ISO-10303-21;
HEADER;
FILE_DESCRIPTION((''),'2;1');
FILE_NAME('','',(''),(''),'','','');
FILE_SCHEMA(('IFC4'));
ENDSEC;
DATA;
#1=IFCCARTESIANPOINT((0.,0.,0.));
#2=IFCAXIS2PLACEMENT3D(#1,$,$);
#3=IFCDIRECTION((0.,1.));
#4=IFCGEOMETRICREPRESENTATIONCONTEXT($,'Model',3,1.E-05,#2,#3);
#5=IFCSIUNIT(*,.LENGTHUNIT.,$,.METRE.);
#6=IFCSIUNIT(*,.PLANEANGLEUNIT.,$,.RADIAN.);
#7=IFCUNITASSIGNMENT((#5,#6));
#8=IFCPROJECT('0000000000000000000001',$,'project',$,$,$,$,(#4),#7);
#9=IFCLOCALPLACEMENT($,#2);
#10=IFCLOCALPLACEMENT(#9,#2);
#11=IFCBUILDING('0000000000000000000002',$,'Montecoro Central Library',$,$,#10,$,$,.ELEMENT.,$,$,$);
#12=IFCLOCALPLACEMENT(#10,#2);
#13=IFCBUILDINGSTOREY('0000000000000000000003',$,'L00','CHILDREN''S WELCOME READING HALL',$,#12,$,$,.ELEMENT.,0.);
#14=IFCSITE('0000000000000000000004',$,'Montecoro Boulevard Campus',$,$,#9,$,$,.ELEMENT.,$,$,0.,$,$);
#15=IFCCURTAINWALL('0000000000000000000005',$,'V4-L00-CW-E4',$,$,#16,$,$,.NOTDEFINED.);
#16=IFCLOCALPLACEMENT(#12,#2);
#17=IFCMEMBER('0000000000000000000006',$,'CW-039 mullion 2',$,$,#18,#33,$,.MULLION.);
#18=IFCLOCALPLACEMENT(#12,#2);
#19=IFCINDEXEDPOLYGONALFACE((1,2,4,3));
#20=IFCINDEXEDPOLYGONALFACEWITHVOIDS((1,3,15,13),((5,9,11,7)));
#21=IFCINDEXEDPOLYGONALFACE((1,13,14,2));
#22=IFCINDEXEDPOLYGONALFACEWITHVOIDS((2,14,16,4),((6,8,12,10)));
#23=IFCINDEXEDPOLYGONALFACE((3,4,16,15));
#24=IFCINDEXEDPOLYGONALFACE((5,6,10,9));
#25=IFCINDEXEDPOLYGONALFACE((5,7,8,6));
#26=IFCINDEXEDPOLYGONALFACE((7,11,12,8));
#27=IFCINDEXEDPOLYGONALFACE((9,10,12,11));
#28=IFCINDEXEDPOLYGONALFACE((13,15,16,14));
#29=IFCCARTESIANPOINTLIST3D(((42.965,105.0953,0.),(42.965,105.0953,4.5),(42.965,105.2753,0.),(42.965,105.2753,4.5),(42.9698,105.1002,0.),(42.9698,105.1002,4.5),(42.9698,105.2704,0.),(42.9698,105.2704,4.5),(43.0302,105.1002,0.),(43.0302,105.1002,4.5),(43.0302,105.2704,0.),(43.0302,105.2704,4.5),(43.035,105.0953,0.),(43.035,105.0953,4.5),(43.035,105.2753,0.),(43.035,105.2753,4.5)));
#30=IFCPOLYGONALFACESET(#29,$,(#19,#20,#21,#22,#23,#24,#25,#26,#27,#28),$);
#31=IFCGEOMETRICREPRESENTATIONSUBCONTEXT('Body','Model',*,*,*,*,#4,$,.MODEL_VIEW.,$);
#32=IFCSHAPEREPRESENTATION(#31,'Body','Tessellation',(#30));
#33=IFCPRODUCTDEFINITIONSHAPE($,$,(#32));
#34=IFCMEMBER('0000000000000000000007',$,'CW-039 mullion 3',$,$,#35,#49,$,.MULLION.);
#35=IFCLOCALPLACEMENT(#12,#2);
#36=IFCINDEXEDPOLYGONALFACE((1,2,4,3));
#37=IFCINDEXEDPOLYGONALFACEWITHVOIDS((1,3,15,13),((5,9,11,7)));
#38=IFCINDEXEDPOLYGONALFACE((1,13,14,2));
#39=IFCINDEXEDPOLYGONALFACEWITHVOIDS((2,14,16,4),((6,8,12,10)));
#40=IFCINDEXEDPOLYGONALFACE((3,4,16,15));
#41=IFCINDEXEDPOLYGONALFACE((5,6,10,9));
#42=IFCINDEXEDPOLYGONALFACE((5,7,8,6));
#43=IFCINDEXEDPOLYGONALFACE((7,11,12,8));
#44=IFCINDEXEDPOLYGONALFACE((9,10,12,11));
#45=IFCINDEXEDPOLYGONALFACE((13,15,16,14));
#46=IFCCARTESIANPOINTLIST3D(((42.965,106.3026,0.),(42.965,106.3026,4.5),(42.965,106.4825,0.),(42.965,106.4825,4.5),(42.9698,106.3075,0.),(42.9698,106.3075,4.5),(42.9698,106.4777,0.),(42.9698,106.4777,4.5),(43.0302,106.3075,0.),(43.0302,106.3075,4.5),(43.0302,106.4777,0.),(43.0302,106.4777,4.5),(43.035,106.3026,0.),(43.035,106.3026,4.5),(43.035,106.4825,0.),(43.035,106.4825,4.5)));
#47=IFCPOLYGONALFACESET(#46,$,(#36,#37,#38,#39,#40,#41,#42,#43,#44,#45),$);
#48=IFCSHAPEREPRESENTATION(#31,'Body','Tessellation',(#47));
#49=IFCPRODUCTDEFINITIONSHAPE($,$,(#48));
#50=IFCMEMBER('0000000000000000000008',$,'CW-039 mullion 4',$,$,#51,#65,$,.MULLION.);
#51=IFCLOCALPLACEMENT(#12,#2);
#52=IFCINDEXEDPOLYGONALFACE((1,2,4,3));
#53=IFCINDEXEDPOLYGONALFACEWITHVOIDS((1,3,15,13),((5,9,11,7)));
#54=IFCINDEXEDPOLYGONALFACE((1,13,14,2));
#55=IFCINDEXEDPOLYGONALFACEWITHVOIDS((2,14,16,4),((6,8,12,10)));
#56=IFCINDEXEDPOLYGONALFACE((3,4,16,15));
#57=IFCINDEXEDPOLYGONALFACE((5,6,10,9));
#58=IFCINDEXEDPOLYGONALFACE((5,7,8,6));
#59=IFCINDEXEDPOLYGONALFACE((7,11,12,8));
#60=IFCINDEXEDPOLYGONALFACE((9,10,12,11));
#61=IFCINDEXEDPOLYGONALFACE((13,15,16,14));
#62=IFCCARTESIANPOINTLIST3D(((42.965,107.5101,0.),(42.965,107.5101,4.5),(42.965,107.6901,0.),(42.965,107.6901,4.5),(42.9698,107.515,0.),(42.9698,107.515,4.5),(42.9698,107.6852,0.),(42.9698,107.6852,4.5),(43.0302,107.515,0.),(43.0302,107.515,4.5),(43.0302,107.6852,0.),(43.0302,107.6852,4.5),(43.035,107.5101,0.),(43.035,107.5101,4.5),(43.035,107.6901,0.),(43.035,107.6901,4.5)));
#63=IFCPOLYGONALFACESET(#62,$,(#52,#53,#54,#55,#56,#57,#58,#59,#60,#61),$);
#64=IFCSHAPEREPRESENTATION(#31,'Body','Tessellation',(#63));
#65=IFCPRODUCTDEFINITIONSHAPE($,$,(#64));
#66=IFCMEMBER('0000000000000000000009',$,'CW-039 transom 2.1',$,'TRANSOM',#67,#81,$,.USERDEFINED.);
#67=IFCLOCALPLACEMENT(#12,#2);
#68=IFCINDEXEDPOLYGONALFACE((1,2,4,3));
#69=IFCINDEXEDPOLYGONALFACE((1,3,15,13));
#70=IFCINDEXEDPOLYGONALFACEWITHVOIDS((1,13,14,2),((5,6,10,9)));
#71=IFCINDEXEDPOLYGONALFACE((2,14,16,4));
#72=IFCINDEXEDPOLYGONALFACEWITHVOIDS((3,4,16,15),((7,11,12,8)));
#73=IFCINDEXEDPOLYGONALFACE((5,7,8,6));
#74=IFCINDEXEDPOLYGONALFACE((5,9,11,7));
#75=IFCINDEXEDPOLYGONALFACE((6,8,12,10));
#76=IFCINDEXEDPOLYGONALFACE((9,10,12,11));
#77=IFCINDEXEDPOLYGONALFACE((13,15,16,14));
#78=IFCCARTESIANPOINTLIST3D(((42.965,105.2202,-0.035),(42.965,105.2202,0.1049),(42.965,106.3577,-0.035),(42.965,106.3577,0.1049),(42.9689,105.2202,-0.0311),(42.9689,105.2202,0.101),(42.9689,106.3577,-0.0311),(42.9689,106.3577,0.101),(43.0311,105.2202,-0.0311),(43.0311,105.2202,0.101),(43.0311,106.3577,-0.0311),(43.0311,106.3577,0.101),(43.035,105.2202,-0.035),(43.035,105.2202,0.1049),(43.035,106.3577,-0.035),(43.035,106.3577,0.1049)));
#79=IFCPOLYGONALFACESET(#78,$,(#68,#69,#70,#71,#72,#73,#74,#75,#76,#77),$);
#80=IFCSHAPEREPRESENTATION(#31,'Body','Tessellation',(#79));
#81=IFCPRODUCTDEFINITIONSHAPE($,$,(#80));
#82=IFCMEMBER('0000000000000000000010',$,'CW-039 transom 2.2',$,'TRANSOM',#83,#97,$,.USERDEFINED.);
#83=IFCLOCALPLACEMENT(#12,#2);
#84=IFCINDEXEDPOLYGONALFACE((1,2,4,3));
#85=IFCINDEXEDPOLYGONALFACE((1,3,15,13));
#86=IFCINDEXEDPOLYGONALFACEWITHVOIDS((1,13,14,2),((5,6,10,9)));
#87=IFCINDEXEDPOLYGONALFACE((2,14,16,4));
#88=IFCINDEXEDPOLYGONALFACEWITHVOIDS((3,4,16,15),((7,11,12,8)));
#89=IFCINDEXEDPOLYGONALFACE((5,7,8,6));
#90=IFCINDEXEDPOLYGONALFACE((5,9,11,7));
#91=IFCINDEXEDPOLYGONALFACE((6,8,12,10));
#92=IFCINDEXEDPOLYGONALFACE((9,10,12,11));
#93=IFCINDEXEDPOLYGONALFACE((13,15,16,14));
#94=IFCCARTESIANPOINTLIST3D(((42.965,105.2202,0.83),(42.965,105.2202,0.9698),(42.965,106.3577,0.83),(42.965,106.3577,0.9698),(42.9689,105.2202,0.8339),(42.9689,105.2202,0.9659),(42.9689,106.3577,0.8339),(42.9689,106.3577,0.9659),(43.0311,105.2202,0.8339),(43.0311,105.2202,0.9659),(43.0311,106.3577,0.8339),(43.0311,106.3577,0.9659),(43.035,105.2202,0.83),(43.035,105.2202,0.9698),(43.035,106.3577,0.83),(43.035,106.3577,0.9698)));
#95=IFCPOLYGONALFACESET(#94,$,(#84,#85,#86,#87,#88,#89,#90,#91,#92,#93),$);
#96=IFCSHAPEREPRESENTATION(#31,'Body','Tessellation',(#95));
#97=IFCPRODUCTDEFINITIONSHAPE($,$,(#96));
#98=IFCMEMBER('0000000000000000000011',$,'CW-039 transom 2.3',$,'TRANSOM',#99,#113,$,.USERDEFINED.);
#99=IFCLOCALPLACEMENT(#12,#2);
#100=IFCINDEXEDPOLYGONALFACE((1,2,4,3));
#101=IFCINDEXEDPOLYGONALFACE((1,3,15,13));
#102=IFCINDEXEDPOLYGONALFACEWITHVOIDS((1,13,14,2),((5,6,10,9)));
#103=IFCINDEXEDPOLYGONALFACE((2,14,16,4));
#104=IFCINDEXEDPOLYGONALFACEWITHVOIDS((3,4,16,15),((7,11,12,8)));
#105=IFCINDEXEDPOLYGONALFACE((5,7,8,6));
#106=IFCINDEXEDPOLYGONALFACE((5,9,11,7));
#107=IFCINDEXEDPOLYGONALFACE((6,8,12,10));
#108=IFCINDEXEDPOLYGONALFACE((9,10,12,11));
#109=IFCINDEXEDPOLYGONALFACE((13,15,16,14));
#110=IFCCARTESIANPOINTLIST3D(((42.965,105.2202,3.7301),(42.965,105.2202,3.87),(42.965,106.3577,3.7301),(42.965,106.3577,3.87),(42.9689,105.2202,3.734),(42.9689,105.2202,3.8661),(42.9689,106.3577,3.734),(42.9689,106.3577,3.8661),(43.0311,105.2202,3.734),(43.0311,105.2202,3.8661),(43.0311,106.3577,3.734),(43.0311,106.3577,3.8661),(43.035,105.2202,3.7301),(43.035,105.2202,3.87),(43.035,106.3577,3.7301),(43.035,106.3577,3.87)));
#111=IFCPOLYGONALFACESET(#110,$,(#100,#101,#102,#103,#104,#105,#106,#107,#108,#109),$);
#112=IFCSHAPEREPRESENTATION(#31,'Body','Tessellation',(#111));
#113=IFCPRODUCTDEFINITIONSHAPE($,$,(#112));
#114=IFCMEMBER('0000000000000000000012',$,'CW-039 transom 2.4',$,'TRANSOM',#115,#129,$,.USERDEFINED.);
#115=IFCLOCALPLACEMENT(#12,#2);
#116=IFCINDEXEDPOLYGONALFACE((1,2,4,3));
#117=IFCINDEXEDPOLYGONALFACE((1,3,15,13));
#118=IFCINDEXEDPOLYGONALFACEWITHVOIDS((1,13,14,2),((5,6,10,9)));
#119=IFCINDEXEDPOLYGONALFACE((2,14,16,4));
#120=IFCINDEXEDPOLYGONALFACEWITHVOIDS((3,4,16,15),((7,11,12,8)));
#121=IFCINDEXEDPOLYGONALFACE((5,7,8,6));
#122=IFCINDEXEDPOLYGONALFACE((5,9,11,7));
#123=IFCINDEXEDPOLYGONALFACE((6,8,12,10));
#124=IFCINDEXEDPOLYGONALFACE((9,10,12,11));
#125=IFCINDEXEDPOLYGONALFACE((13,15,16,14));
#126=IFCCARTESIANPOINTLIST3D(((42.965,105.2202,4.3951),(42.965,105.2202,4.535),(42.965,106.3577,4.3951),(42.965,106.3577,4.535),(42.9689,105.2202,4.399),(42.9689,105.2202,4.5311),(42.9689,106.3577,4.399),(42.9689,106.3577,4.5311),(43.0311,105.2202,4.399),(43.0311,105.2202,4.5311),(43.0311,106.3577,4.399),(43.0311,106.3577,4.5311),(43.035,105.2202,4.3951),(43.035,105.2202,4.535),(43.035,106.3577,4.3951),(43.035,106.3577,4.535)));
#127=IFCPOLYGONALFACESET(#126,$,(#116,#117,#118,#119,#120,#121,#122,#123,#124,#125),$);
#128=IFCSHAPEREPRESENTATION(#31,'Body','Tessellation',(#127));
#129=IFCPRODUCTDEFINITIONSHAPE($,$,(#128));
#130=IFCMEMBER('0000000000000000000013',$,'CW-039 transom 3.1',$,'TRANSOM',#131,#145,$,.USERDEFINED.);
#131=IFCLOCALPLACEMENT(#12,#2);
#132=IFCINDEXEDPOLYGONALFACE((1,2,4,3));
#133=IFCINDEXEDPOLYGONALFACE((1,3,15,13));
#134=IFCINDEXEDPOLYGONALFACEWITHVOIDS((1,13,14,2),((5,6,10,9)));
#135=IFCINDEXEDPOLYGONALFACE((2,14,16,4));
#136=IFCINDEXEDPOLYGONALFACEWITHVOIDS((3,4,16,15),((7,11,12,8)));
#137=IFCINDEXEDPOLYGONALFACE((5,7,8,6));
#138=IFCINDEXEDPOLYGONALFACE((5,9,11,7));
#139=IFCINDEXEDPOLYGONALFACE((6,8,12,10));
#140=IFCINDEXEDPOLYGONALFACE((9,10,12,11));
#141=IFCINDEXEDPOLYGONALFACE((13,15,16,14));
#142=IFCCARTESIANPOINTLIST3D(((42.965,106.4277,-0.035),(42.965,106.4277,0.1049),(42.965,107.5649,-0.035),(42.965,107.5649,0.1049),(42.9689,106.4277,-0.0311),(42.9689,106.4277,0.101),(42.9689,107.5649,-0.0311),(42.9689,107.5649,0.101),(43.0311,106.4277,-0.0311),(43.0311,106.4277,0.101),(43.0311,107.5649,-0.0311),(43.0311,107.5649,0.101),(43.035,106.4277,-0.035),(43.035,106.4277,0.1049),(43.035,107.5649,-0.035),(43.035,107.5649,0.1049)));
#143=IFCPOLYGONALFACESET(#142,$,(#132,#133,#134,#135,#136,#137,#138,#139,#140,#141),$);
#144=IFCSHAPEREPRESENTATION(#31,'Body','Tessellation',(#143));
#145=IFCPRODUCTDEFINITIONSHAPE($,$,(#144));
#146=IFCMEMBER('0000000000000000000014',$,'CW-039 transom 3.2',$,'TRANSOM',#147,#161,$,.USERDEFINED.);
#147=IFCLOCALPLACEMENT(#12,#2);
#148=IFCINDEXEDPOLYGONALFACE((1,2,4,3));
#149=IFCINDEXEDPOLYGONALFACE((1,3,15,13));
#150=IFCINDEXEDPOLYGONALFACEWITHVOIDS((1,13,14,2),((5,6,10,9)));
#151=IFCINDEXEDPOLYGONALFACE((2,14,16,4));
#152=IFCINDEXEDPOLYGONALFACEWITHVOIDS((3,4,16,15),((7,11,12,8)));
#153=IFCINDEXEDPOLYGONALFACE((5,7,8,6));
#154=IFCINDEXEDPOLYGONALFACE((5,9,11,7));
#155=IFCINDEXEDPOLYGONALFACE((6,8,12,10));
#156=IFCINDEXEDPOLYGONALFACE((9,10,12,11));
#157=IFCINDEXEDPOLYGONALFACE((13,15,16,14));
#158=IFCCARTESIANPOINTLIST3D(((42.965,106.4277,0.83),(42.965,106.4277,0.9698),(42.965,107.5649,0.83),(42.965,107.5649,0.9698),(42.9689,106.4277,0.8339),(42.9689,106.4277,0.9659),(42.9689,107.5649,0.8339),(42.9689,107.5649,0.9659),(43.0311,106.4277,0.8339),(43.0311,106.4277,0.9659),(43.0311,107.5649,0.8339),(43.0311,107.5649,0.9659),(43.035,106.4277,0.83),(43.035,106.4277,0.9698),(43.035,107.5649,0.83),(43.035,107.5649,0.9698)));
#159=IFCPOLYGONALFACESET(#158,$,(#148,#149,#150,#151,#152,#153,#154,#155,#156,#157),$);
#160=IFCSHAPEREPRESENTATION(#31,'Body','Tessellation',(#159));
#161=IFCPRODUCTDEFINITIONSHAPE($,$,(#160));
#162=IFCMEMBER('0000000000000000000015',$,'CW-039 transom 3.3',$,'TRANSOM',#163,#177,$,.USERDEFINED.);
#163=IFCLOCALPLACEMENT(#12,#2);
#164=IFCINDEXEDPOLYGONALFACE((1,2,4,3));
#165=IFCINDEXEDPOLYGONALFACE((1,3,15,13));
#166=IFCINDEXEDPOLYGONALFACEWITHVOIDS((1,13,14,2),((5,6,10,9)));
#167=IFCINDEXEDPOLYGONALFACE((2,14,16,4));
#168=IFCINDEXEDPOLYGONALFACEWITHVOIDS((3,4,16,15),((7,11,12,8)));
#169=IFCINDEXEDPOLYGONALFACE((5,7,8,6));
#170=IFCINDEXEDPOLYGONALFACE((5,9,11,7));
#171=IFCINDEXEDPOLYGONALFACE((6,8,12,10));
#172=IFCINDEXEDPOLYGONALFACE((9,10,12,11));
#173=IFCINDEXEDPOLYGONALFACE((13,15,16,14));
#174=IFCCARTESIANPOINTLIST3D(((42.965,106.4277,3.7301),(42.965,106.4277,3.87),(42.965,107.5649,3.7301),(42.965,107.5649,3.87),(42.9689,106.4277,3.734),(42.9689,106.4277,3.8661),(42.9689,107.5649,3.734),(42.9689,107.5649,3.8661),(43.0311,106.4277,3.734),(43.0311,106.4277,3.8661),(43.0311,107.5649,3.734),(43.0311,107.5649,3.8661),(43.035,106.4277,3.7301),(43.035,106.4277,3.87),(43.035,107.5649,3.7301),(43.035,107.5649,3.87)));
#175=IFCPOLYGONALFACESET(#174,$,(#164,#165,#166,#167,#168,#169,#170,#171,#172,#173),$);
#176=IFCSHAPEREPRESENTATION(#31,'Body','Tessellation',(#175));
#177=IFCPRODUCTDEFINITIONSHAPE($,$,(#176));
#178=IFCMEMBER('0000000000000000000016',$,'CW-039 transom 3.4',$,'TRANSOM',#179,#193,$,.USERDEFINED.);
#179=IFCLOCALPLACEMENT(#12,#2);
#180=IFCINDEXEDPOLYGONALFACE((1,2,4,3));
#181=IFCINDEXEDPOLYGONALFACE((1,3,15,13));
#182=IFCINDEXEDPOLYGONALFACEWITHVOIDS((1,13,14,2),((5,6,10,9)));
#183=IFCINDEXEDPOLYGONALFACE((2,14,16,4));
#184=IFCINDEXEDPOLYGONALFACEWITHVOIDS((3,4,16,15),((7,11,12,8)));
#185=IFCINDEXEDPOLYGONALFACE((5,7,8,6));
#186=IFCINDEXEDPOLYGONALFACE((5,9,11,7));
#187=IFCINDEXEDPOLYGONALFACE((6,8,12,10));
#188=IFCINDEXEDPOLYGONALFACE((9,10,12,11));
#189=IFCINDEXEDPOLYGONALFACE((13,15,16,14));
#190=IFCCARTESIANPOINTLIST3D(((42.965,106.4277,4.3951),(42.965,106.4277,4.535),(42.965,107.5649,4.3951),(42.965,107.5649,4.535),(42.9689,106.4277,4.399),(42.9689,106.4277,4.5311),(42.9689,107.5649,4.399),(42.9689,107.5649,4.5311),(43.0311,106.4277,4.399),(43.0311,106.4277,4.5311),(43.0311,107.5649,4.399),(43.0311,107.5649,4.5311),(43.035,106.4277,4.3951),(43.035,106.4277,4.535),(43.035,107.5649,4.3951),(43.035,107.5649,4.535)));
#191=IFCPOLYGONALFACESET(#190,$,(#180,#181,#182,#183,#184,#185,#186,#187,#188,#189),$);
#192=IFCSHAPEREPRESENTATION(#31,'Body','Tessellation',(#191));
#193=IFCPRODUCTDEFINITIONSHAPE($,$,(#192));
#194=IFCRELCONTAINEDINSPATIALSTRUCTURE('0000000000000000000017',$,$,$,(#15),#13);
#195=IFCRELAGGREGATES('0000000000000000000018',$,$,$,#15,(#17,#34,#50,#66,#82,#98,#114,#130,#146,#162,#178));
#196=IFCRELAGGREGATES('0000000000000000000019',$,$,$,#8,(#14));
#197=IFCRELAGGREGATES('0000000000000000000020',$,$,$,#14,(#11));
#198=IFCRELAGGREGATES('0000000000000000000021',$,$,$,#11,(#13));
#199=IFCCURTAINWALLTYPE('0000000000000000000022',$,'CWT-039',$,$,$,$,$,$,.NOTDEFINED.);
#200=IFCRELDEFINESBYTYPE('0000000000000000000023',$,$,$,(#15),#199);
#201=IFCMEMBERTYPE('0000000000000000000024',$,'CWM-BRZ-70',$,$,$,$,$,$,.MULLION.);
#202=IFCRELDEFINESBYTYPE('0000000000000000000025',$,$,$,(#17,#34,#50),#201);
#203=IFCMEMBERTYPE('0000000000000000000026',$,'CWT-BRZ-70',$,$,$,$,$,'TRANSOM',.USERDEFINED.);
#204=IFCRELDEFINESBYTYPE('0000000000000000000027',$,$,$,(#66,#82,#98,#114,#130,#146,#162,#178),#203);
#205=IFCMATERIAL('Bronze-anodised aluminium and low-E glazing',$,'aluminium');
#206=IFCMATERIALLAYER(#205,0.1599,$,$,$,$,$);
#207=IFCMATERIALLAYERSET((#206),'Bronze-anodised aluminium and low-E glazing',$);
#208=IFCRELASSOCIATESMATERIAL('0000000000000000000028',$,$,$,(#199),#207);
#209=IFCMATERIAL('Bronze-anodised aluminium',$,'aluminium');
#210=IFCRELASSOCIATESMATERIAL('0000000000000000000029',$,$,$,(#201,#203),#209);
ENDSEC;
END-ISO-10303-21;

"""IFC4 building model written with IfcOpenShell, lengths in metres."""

from ifc_helpers import new_model, si_unit, direction, frame, origin, origin_2d, place, context, subcontext, project, spatial, hollow_rectangle, extrude, material, layer, layer_set, material_profile, profile_set, type_object, element, aggregate, save


model = new_model("IFC4")

# Units and contexts
model_context = context("Model", 3, precision=1e-05, world=origin(), true_north=direction((0.0, 1.0)))
body_context = subcontext(model_context, "Body", "Model", "MODEL_VIEW")
ifc_project = project(units=[si_unit("LENGTHUNIT", "METRE"), si_unit("PLANEANGLEUNIT", "RADIAN")], contexts=[model_context])

# Site, building, storey
site_placement = place(None, origin())
site = spatial("IfcSite", under=ifc_project, at=site_placement, Name="Montecoro Boulevard Campus", CompositionType="ELEMENT", RefElevation=0.0)
building_placement = place(site_placement, origin())
building = spatial("IfcBuilding", under=site, at=building_placement, Name="Montecoro Central Library", CompositionType="ELEMENT")
storey_placement = place(building_placement, origin())
storey = spatial("IfcBuildingStorey", under=building, at=storey_placement, Name="L00", Description="CHILDREN'S WELCOME READING HALL", CompositionType="ELEMENT", Elevation=0.0)

# Curtain wall, members
ifc_material_1 = material(Name="Bronze-anodised aluminium and low-E glazing", Category="aluminium")
ifc_layer_1 = layer(ifc_material_1, 0.1599)
ifc_layer_set_1 = layer_set([ifc_layer_1], Name="Bronze-anodised aluminium and low-E glazing")
curtain_wall_type = type_object("IfcCurtainWallType", Name="CWT-039", PredefinedType="NOTDEFINED", material=ifc_layer_set_1)
curtain_wall_placement = place(storey_placement, origin())
curtain_wall = element("IfcCurtainWall", 1, at=curtain_wall_placement, inside=storey, type_object=curtain_wall_type, Name="V4-L00-CW-E4", PredefinedType="NOTDEFINED")
ifc_material_2 = material(Name="Bronze-anodised aluminium", Category="aluminium")
ifc_material_profile_1 = material_profile(ifc_material_2, hollow_rectangle(XDim=0.0701, YDim=0.1799, WallThickness=0.0049, at=origin_2d()), Name="CWM 180x70x5.0")
ifc_profile_set_1 = profile_set([ifc_material_profile_1], Name="Bronze-anodised aluminium")
member_type_1 = type_object("IfcMemberType", Name="CWM-BRZ-70", PredefinedType="MULLION", material=ifc_profile_set_1)
member_1_placement = place(storey_placement, frame((43.0, 105.1853, 0.0), z_axis=(0.0, 0.0, 1.0), x_axis=(-1.0, 0.0, 0.0)))
member_1 = element("IfcMember", 2, at=member_1_placement, type_object=member_type_1, Name="CW-039 mullion 2", PredefinedType="MULLION", context=body_context, shape_type="SweptSolid", body=[
    extrude(hollow_rectangle(XDim=0.0701, YDim=0.1799, WallThickness=0.0049, at=origin_2d()), origin(), (0.0, 0.0, 1.0), 4.5),
])
member_2_placement = place(storey_placement, frame((43.0, 106.3926, 0.0), z_axis=(0.0, 0.0, 1.0), x_axis=(-1.0, 0.0, 0.0)))
member_2 = element("IfcMember", 3, at=member_2_placement, type_object=member_type_1, Name="CW-039 mullion 3", PredefinedType="MULLION", context=body_context, shape_type="SweptSolid", body=[
    extrude(hollow_rectangle(XDim=0.0701, YDim=0.1799, WallThickness=0.0049, at=origin_2d()), origin(), (0.0, 0.0, 1.0), 4.5),
])
member_3_placement = place(storey_placement, frame((43.0, 107.6001, 0.0), z_axis=(0.0, 0.0, 1.0), x_axis=(-1.0, 0.0, 0.0)))
member_3 = element("IfcMember", 4, at=member_3_placement, type_object=member_type_1, Name="CW-039 mullion 4", PredefinedType="MULLION", context=body_context, shape_type="SweptSolid", body=[
    extrude(hollow_rectangle(XDim=0.0701, YDim=0.1799, WallThickness=0.0049, at=origin_2d()), origin(), (0.0, 0.0, 1.0), 4.5),
])
ifc_material_profile_2 = material_profile(ifc_material_2, hollow_rectangle(XDim=0.0701, YDim=0.1399, WallThickness=0.0039, at=origin_2d()), Name="CWT 140x70x4.0")
ifc_profile_set_2 = profile_set([ifc_material_profile_2], Name="Bronze-anodised aluminium")
member_type_2 = type_object("IfcMemberType", Name="CWT-BRZ-70", ElementType="TRANSOM", PredefinedType="USERDEFINED", material=ifc_profile_set_2)
member_4_placement = place(storey_placement, frame((43.0, 105.2202, 0.0349), z_axis=(0.0, 1.0, 0.0), x_axis=(-1.0, 0.0, 0.0)))
member_4 = element("IfcMember", 5, at=member_4_placement, type_object=member_type_2, Name="CW-039 transom 2.1", ObjectType="TRANSOM", PredefinedType="USERDEFINED", context=body_context, shape_type="SweptSolid", body=[
    extrude(hollow_rectangle(XDim=0.0701, YDim=0.1399, WallThickness=0.0039, at=origin_2d()), origin(), (0.0, 0.0, 1.0), 1.1375),
])
member_5_placement = place(storey_placement, frame((43.0, 105.2202, 0.8999), z_axis=(0.0, 1.0, 0.0), x_axis=(-1.0, 0.0, 0.0)))
member_5 = element("IfcMember", 6, at=member_5_placement, type_object=member_type_2, Name="CW-039 transom 2.2", ObjectType="TRANSOM", PredefinedType="USERDEFINED", context=body_context, shape_type="SweptSolid", body=[
    extrude(hollow_rectangle(XDim=0.0701, YDim=0.1399, WallThickness=0.0039, at=origin_2d()), origin(), (0.0, 0.0, 1.0), 1.1375),
])
member_6_placement = place(storey_placement, frame((43.0, 105.2202, 3.8), z_axis=(0.0, 1.0, 0.0), x_axis=(-1.0, 0.0, 0.0)))
member_6 = element("IfcMember", 7, at=member_6_placement, type_object=member_type_2, Name="CW-039 transom 2.3", ObjectType="TRANSOM", PredefinedType="USERDEFINED", context=body_context, shape_type="SweptSolid", body=[
    extrude(hollow_rectangle(XDim=0.0701, YDim=0.1399, WallThickness=0.0039, at=origin_2d()), origin(), (0.0, 0.0, 1.0), 1.1375),
])
member_7_placement = place(storey_placement, frame((43.0, 105.2202, 4.4651), z_axis=(0.0, 1.0, 0.0), x_axis=(-1.0, 0.0, 0.0)))
member_7 = element("IfcMember", 8, at=member_7_placement, type_object=member_type_2, Name="CW-039 transom 2.4", ObjectType="TRANSOM", PredefinedType="USERDEFINED", context=body_context, shape_type="SweptSolid", body=[
    extrude(hollow_rectangle(XDim=0.0701, YDim=0.1399, WallThickness=0.0039, at=origin_2d()), origin(), (0.0, 0.0, 1.0), 1.1375),
])
member_8_placement = place(storey_placement, frame((43.0, 106.4277, 0.0349), z_axis=(0.0, 1.0, 0.0), x_axis=(-1.0, 0.0, 0.0)))
member_8 = element("IfcMember", 9, at=member_8_placement, type_object=member_type_2, Name="CW-039 transom 3.1", ObjectType="TRANSOM", PredefinedType="USERDEFINED", context=body_context, shape_type="SweptSolid", body=[
    extrude(hollow_rectangle(XDim=0.0701, YDim=0.1399, WallThickness=0.0039, at=origin_2d()), origin(), (0.0, 0.0, 1.0), 1.1372),
])
member_9_placement = place(storey_placement, frame((43.0, 106.4277, 0.8999), z_axis=(0.0, 1.0, 0.0), x_axis=(-1.0, 0.0, 0.0)))
member_9 = element("IfcMember", 10, at=member_9_placement, type_object=member_type_2, Name="CW-039 transom 3.2", ObjectType="TRANSOM", PredefinedType="USERDEFINED", context=body_context, shape_type="SweptSolid", body=[
    extrude(hollow_rectangle(XDim=0.0701, YDim=0.1399, WallThickness=0.0039, at=origin_2d()), origin(), (0.0, 0.0, 1.0), 1.1372),
])
member_10_placement = place(storey_placement, frame((43.0, 106.4277, 3.8), z_axis=(0.0, 1.0, 0.0), x_axis=(-1.0, 0.0, 0.0)))
member_10 = element("IfcMember", 11, at=member_10_placement, type_object=member_type_2, Name="CW-039 transom 3.3", ObjectType="TRANSOM", PredefinedType="USERDEFINED", context=body_context, shape_type="SweptSolid", body=[
    extrude(hollow_rectangle(XDim=0.0701, YDim=0.1399, WallThickness=0.0039, at=origin_2d()), origin(), (0.0, 0.0, 1.0), 1.1372),
])
member_11_placement = place(storey_placement, frame((43.0, 106.4277, 4.4651), z_axis=(0.0, 1.0, 0.0), x_axis=(-1.0, 0.0, 0.0)))
member_11 = element("IfcMember", 12, at=member_11_placement, type_object=member_type_2, Name="CW-039 transom 3.4", ObjectType="TRANSOM", PredefinedType="USERDEFINED", context=body_context, shape_type="SweptSolid", body=[
    extrude(hollow_rectangle(XDim=0.0701, YDim=0.1399, WallThickness=0.0039, at=origin_2d()), origin(), (0.0, 0.0, 1.0), 1.1372),
])
aggregate(curtain_wall, [member_1, member_2, member_3, member_4, member_5, member_6, member_7, member_8, member_9, member_10, member_11])

save(model, "model.ifc")
